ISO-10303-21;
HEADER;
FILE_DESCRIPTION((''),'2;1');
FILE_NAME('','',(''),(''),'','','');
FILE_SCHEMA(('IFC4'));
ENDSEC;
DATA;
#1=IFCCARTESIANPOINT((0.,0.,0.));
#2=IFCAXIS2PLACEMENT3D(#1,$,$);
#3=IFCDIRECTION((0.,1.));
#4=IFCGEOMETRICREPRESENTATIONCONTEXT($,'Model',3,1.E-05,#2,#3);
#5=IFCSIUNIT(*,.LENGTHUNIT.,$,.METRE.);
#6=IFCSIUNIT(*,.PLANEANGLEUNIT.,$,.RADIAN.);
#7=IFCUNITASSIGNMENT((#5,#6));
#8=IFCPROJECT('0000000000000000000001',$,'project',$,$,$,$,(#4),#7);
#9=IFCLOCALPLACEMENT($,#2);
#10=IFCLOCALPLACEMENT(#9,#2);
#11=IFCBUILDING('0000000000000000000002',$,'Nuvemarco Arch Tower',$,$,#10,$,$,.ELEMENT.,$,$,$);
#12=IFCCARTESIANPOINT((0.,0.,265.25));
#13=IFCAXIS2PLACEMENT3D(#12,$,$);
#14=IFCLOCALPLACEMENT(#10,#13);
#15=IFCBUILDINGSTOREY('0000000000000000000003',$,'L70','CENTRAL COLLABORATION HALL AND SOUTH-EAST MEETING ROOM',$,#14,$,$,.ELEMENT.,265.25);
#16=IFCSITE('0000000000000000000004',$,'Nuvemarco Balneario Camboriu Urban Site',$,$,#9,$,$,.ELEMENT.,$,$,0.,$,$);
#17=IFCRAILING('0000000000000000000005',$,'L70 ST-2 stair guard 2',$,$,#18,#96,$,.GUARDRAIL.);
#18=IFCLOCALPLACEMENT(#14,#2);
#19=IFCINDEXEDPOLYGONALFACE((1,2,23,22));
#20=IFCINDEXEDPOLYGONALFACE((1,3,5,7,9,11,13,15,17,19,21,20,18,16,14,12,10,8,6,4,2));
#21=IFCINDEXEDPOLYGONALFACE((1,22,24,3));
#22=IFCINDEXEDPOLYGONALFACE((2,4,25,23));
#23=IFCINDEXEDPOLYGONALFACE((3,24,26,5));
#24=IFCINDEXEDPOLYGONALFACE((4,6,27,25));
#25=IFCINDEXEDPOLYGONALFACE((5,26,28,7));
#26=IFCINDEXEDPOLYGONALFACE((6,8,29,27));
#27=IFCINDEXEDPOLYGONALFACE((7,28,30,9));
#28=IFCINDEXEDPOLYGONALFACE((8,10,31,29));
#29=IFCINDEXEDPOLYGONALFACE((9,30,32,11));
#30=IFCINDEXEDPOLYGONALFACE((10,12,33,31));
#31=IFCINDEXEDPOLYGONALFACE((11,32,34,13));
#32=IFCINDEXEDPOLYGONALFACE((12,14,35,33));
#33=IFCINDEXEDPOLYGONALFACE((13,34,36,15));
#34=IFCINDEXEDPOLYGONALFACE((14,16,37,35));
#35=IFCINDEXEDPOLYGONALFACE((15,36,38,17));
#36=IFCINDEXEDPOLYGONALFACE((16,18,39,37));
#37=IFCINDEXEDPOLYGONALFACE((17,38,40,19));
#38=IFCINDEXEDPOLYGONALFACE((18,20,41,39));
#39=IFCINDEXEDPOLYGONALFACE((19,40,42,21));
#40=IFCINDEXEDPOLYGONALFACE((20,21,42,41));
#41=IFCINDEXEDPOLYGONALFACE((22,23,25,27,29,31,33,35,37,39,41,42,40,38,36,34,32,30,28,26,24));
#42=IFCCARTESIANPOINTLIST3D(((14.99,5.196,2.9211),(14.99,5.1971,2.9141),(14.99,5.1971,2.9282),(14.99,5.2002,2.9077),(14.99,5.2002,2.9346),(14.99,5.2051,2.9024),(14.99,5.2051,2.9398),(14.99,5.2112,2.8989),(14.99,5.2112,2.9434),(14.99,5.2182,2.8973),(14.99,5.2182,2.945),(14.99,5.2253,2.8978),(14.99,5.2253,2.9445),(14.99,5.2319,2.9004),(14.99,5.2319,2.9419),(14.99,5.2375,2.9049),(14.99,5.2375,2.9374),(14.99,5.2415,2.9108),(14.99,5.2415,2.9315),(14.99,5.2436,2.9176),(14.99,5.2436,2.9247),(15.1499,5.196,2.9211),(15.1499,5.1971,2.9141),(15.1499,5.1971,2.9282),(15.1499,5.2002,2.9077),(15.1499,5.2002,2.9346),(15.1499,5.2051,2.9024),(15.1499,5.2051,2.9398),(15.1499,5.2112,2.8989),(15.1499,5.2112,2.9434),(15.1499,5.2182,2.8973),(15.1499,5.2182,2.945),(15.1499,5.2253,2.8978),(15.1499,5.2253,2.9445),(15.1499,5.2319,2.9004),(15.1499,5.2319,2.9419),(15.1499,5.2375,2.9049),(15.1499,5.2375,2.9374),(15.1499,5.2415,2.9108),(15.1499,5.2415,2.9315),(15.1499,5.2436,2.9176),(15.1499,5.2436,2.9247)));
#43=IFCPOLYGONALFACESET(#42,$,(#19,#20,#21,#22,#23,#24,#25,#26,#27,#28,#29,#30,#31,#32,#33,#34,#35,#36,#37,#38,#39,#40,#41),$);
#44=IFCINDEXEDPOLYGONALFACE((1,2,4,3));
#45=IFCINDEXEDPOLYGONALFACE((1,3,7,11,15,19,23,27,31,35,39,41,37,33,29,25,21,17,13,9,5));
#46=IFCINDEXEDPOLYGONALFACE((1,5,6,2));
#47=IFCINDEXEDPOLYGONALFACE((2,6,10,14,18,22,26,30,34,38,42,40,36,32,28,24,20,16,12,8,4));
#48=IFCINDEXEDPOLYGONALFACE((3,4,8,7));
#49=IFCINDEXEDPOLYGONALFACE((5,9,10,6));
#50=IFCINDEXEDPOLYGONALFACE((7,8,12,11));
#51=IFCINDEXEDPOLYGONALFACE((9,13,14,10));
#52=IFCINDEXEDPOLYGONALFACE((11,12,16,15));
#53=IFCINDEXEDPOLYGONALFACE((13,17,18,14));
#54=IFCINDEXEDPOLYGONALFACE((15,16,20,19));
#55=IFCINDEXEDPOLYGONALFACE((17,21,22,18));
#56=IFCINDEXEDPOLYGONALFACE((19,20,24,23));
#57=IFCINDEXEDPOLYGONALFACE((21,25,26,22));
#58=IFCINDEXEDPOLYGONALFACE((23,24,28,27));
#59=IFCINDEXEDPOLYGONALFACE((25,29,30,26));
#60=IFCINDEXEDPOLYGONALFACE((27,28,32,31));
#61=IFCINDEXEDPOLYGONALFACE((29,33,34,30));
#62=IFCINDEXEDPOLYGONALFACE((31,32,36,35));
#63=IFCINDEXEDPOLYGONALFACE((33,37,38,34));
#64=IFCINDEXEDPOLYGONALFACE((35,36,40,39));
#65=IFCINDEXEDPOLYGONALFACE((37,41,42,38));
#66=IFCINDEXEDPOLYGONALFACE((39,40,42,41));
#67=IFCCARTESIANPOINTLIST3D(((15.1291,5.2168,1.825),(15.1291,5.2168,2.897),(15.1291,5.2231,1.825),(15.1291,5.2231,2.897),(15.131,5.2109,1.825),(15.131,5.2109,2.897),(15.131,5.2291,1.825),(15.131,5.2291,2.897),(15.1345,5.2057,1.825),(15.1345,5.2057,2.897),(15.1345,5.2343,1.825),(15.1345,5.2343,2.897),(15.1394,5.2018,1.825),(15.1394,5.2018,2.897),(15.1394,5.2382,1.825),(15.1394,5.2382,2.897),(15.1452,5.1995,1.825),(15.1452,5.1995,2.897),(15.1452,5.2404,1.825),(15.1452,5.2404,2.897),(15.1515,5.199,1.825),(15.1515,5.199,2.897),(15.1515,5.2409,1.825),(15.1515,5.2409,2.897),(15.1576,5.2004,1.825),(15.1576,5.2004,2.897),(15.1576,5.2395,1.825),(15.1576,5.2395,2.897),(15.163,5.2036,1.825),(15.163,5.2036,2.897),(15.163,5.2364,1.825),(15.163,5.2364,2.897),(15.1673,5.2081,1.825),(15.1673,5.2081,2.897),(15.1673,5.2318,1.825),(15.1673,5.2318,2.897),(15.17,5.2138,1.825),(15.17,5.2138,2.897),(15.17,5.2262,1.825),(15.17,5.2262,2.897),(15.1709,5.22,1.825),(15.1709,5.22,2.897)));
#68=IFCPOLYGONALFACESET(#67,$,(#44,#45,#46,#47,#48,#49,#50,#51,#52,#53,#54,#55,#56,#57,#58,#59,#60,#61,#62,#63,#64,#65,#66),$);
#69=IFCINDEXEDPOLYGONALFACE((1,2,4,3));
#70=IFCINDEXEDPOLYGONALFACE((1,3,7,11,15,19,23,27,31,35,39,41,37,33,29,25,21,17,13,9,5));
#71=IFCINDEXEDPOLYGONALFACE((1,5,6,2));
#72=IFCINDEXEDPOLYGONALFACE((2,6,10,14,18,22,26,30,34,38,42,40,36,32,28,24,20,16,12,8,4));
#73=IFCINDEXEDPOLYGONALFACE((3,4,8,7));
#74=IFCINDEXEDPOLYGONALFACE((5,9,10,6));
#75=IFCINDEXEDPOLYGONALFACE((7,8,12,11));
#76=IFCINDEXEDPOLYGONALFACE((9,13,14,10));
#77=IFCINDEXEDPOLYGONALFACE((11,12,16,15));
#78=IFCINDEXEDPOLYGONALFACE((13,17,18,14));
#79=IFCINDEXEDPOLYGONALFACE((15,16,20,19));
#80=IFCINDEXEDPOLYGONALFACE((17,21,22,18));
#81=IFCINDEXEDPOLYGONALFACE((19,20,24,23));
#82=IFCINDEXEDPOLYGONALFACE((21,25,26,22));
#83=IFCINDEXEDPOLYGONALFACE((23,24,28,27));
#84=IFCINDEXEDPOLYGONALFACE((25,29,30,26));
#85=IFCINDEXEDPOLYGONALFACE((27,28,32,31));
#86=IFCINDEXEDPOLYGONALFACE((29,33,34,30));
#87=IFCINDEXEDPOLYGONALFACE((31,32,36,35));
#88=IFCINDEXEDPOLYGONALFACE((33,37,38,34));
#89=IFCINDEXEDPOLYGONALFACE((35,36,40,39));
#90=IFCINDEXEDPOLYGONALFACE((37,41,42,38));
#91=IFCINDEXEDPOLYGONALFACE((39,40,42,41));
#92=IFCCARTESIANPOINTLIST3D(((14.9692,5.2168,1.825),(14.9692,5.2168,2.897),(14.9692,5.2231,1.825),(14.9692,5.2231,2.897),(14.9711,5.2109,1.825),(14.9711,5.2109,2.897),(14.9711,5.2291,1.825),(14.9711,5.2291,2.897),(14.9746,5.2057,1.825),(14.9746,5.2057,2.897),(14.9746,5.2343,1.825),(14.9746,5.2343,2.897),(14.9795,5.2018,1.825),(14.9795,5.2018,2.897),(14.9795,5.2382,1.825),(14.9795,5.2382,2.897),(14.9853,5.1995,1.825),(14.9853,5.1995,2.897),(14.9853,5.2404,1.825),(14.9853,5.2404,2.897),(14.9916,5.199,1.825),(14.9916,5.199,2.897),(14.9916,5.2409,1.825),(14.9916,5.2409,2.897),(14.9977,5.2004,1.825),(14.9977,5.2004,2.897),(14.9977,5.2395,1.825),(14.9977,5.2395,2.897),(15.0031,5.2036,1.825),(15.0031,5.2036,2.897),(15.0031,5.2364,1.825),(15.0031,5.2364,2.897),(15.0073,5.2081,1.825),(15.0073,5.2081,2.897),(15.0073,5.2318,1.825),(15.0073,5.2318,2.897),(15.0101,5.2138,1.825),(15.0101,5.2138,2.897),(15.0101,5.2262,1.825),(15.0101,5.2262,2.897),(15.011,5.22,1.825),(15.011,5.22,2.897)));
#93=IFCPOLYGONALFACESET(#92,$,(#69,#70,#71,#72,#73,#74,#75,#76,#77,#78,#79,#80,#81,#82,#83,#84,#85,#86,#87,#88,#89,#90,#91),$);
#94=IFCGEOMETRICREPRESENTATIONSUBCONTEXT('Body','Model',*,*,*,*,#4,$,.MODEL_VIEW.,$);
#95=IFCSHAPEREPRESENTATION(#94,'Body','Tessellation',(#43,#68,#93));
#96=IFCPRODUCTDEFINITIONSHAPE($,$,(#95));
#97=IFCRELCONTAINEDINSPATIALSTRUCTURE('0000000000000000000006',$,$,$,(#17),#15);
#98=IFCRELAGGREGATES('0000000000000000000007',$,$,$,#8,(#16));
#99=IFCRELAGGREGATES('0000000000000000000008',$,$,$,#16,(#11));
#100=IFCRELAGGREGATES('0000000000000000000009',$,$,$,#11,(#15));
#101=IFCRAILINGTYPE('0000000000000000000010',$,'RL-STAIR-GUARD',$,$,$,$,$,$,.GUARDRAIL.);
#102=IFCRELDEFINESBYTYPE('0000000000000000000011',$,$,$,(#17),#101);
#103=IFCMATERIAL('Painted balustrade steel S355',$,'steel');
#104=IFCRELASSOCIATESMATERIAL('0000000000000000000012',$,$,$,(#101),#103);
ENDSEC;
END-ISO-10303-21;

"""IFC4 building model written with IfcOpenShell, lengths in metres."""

from ifc_helpers import new_model, si_unit, direction, frame, origin, origin_2d, place, context, subcontext, project, spatial, circle, extrude, material, type_object, element, save


model = new_model("IFC4")

# Units and contexts
model_context = context("Model", 3, precision=1e-05, world=origin(), true_north=direction((0.0, 1.0)))
body_context = subcontext(model_context, "Body", "Model", "MODEL_VIEW")
ifc_project = project(units=[si_unit("LENGTHUNIT", "METRE"), si_unit("PLANEANGLEUNIT", "RADIAN")], contexts=[model_context])

# Site, building, storey
site_placement = place(None, origin())
site = spatial("IfcSite", under=ifc_project, at=site_placement, Name="Nuvemarco Balneario Camboriu Urban Site", CompositionType="ELEMENT", RefElevation=0.0)
building_placement = place(site_placement, origin())
building = spatial("IfcBuilding", under=site, at=building_placement, Name="Nuvemarco Arch Tower", CompositionType="ELEMENT")
storey_placement = place(building_placement, frame((0.0, 0.0, 265.25)))
storey = spatial("IfcBuildingStorey", under=building, at=storey_placement, Name="L70", Description="CENTRAL COLLABORATION HALL AND SOUTH-EAST MEETING ROOM", CompositionType="ELEMENT", Elevation=265.25)

# Railing
ifc_material_1 = material(Name="Painted balustrade steel S355", Category="steel")
railing_type_1 = type_object("IfcRailingType", Name="RL-STAIR-GUARD", PredefinedType="GUARDRAIL", material=ifc_material_1)
railing_1_placement = place(storey_placement, frame((15.1499, 5.22, 1.825)))
element("IfcRailing", 1, at=railing_1_placement, inside=storey, type_object=railing_type_1, Name="L70 ST-2 stair guard 2", PredefinedType="GUARDRAIL", context=body_context, shape_type="SweptSolid", body=[
    extrude(circle(Radius=0.0239, at=origin_2d()), frame((0.0, 0.0, 1.0962), z_axis=(-1.0, 0.0, 0.0), x_axis=(0.0, -1.0, 0.0)), (0.0, 0.0, 1.0), 0.1599),
    extrude(circle(Radius=0.021, at=origin_2d()), origin(), (0.0, 0.0, 1.0), 1.072),
    extrude(circle(Radius=0.021, at=origin_2d()), frame((-0.1599, 0.0, 0.0)), (0.0, 0.0, 1.0), 1.072),
])

save(model, "model.ifc")
